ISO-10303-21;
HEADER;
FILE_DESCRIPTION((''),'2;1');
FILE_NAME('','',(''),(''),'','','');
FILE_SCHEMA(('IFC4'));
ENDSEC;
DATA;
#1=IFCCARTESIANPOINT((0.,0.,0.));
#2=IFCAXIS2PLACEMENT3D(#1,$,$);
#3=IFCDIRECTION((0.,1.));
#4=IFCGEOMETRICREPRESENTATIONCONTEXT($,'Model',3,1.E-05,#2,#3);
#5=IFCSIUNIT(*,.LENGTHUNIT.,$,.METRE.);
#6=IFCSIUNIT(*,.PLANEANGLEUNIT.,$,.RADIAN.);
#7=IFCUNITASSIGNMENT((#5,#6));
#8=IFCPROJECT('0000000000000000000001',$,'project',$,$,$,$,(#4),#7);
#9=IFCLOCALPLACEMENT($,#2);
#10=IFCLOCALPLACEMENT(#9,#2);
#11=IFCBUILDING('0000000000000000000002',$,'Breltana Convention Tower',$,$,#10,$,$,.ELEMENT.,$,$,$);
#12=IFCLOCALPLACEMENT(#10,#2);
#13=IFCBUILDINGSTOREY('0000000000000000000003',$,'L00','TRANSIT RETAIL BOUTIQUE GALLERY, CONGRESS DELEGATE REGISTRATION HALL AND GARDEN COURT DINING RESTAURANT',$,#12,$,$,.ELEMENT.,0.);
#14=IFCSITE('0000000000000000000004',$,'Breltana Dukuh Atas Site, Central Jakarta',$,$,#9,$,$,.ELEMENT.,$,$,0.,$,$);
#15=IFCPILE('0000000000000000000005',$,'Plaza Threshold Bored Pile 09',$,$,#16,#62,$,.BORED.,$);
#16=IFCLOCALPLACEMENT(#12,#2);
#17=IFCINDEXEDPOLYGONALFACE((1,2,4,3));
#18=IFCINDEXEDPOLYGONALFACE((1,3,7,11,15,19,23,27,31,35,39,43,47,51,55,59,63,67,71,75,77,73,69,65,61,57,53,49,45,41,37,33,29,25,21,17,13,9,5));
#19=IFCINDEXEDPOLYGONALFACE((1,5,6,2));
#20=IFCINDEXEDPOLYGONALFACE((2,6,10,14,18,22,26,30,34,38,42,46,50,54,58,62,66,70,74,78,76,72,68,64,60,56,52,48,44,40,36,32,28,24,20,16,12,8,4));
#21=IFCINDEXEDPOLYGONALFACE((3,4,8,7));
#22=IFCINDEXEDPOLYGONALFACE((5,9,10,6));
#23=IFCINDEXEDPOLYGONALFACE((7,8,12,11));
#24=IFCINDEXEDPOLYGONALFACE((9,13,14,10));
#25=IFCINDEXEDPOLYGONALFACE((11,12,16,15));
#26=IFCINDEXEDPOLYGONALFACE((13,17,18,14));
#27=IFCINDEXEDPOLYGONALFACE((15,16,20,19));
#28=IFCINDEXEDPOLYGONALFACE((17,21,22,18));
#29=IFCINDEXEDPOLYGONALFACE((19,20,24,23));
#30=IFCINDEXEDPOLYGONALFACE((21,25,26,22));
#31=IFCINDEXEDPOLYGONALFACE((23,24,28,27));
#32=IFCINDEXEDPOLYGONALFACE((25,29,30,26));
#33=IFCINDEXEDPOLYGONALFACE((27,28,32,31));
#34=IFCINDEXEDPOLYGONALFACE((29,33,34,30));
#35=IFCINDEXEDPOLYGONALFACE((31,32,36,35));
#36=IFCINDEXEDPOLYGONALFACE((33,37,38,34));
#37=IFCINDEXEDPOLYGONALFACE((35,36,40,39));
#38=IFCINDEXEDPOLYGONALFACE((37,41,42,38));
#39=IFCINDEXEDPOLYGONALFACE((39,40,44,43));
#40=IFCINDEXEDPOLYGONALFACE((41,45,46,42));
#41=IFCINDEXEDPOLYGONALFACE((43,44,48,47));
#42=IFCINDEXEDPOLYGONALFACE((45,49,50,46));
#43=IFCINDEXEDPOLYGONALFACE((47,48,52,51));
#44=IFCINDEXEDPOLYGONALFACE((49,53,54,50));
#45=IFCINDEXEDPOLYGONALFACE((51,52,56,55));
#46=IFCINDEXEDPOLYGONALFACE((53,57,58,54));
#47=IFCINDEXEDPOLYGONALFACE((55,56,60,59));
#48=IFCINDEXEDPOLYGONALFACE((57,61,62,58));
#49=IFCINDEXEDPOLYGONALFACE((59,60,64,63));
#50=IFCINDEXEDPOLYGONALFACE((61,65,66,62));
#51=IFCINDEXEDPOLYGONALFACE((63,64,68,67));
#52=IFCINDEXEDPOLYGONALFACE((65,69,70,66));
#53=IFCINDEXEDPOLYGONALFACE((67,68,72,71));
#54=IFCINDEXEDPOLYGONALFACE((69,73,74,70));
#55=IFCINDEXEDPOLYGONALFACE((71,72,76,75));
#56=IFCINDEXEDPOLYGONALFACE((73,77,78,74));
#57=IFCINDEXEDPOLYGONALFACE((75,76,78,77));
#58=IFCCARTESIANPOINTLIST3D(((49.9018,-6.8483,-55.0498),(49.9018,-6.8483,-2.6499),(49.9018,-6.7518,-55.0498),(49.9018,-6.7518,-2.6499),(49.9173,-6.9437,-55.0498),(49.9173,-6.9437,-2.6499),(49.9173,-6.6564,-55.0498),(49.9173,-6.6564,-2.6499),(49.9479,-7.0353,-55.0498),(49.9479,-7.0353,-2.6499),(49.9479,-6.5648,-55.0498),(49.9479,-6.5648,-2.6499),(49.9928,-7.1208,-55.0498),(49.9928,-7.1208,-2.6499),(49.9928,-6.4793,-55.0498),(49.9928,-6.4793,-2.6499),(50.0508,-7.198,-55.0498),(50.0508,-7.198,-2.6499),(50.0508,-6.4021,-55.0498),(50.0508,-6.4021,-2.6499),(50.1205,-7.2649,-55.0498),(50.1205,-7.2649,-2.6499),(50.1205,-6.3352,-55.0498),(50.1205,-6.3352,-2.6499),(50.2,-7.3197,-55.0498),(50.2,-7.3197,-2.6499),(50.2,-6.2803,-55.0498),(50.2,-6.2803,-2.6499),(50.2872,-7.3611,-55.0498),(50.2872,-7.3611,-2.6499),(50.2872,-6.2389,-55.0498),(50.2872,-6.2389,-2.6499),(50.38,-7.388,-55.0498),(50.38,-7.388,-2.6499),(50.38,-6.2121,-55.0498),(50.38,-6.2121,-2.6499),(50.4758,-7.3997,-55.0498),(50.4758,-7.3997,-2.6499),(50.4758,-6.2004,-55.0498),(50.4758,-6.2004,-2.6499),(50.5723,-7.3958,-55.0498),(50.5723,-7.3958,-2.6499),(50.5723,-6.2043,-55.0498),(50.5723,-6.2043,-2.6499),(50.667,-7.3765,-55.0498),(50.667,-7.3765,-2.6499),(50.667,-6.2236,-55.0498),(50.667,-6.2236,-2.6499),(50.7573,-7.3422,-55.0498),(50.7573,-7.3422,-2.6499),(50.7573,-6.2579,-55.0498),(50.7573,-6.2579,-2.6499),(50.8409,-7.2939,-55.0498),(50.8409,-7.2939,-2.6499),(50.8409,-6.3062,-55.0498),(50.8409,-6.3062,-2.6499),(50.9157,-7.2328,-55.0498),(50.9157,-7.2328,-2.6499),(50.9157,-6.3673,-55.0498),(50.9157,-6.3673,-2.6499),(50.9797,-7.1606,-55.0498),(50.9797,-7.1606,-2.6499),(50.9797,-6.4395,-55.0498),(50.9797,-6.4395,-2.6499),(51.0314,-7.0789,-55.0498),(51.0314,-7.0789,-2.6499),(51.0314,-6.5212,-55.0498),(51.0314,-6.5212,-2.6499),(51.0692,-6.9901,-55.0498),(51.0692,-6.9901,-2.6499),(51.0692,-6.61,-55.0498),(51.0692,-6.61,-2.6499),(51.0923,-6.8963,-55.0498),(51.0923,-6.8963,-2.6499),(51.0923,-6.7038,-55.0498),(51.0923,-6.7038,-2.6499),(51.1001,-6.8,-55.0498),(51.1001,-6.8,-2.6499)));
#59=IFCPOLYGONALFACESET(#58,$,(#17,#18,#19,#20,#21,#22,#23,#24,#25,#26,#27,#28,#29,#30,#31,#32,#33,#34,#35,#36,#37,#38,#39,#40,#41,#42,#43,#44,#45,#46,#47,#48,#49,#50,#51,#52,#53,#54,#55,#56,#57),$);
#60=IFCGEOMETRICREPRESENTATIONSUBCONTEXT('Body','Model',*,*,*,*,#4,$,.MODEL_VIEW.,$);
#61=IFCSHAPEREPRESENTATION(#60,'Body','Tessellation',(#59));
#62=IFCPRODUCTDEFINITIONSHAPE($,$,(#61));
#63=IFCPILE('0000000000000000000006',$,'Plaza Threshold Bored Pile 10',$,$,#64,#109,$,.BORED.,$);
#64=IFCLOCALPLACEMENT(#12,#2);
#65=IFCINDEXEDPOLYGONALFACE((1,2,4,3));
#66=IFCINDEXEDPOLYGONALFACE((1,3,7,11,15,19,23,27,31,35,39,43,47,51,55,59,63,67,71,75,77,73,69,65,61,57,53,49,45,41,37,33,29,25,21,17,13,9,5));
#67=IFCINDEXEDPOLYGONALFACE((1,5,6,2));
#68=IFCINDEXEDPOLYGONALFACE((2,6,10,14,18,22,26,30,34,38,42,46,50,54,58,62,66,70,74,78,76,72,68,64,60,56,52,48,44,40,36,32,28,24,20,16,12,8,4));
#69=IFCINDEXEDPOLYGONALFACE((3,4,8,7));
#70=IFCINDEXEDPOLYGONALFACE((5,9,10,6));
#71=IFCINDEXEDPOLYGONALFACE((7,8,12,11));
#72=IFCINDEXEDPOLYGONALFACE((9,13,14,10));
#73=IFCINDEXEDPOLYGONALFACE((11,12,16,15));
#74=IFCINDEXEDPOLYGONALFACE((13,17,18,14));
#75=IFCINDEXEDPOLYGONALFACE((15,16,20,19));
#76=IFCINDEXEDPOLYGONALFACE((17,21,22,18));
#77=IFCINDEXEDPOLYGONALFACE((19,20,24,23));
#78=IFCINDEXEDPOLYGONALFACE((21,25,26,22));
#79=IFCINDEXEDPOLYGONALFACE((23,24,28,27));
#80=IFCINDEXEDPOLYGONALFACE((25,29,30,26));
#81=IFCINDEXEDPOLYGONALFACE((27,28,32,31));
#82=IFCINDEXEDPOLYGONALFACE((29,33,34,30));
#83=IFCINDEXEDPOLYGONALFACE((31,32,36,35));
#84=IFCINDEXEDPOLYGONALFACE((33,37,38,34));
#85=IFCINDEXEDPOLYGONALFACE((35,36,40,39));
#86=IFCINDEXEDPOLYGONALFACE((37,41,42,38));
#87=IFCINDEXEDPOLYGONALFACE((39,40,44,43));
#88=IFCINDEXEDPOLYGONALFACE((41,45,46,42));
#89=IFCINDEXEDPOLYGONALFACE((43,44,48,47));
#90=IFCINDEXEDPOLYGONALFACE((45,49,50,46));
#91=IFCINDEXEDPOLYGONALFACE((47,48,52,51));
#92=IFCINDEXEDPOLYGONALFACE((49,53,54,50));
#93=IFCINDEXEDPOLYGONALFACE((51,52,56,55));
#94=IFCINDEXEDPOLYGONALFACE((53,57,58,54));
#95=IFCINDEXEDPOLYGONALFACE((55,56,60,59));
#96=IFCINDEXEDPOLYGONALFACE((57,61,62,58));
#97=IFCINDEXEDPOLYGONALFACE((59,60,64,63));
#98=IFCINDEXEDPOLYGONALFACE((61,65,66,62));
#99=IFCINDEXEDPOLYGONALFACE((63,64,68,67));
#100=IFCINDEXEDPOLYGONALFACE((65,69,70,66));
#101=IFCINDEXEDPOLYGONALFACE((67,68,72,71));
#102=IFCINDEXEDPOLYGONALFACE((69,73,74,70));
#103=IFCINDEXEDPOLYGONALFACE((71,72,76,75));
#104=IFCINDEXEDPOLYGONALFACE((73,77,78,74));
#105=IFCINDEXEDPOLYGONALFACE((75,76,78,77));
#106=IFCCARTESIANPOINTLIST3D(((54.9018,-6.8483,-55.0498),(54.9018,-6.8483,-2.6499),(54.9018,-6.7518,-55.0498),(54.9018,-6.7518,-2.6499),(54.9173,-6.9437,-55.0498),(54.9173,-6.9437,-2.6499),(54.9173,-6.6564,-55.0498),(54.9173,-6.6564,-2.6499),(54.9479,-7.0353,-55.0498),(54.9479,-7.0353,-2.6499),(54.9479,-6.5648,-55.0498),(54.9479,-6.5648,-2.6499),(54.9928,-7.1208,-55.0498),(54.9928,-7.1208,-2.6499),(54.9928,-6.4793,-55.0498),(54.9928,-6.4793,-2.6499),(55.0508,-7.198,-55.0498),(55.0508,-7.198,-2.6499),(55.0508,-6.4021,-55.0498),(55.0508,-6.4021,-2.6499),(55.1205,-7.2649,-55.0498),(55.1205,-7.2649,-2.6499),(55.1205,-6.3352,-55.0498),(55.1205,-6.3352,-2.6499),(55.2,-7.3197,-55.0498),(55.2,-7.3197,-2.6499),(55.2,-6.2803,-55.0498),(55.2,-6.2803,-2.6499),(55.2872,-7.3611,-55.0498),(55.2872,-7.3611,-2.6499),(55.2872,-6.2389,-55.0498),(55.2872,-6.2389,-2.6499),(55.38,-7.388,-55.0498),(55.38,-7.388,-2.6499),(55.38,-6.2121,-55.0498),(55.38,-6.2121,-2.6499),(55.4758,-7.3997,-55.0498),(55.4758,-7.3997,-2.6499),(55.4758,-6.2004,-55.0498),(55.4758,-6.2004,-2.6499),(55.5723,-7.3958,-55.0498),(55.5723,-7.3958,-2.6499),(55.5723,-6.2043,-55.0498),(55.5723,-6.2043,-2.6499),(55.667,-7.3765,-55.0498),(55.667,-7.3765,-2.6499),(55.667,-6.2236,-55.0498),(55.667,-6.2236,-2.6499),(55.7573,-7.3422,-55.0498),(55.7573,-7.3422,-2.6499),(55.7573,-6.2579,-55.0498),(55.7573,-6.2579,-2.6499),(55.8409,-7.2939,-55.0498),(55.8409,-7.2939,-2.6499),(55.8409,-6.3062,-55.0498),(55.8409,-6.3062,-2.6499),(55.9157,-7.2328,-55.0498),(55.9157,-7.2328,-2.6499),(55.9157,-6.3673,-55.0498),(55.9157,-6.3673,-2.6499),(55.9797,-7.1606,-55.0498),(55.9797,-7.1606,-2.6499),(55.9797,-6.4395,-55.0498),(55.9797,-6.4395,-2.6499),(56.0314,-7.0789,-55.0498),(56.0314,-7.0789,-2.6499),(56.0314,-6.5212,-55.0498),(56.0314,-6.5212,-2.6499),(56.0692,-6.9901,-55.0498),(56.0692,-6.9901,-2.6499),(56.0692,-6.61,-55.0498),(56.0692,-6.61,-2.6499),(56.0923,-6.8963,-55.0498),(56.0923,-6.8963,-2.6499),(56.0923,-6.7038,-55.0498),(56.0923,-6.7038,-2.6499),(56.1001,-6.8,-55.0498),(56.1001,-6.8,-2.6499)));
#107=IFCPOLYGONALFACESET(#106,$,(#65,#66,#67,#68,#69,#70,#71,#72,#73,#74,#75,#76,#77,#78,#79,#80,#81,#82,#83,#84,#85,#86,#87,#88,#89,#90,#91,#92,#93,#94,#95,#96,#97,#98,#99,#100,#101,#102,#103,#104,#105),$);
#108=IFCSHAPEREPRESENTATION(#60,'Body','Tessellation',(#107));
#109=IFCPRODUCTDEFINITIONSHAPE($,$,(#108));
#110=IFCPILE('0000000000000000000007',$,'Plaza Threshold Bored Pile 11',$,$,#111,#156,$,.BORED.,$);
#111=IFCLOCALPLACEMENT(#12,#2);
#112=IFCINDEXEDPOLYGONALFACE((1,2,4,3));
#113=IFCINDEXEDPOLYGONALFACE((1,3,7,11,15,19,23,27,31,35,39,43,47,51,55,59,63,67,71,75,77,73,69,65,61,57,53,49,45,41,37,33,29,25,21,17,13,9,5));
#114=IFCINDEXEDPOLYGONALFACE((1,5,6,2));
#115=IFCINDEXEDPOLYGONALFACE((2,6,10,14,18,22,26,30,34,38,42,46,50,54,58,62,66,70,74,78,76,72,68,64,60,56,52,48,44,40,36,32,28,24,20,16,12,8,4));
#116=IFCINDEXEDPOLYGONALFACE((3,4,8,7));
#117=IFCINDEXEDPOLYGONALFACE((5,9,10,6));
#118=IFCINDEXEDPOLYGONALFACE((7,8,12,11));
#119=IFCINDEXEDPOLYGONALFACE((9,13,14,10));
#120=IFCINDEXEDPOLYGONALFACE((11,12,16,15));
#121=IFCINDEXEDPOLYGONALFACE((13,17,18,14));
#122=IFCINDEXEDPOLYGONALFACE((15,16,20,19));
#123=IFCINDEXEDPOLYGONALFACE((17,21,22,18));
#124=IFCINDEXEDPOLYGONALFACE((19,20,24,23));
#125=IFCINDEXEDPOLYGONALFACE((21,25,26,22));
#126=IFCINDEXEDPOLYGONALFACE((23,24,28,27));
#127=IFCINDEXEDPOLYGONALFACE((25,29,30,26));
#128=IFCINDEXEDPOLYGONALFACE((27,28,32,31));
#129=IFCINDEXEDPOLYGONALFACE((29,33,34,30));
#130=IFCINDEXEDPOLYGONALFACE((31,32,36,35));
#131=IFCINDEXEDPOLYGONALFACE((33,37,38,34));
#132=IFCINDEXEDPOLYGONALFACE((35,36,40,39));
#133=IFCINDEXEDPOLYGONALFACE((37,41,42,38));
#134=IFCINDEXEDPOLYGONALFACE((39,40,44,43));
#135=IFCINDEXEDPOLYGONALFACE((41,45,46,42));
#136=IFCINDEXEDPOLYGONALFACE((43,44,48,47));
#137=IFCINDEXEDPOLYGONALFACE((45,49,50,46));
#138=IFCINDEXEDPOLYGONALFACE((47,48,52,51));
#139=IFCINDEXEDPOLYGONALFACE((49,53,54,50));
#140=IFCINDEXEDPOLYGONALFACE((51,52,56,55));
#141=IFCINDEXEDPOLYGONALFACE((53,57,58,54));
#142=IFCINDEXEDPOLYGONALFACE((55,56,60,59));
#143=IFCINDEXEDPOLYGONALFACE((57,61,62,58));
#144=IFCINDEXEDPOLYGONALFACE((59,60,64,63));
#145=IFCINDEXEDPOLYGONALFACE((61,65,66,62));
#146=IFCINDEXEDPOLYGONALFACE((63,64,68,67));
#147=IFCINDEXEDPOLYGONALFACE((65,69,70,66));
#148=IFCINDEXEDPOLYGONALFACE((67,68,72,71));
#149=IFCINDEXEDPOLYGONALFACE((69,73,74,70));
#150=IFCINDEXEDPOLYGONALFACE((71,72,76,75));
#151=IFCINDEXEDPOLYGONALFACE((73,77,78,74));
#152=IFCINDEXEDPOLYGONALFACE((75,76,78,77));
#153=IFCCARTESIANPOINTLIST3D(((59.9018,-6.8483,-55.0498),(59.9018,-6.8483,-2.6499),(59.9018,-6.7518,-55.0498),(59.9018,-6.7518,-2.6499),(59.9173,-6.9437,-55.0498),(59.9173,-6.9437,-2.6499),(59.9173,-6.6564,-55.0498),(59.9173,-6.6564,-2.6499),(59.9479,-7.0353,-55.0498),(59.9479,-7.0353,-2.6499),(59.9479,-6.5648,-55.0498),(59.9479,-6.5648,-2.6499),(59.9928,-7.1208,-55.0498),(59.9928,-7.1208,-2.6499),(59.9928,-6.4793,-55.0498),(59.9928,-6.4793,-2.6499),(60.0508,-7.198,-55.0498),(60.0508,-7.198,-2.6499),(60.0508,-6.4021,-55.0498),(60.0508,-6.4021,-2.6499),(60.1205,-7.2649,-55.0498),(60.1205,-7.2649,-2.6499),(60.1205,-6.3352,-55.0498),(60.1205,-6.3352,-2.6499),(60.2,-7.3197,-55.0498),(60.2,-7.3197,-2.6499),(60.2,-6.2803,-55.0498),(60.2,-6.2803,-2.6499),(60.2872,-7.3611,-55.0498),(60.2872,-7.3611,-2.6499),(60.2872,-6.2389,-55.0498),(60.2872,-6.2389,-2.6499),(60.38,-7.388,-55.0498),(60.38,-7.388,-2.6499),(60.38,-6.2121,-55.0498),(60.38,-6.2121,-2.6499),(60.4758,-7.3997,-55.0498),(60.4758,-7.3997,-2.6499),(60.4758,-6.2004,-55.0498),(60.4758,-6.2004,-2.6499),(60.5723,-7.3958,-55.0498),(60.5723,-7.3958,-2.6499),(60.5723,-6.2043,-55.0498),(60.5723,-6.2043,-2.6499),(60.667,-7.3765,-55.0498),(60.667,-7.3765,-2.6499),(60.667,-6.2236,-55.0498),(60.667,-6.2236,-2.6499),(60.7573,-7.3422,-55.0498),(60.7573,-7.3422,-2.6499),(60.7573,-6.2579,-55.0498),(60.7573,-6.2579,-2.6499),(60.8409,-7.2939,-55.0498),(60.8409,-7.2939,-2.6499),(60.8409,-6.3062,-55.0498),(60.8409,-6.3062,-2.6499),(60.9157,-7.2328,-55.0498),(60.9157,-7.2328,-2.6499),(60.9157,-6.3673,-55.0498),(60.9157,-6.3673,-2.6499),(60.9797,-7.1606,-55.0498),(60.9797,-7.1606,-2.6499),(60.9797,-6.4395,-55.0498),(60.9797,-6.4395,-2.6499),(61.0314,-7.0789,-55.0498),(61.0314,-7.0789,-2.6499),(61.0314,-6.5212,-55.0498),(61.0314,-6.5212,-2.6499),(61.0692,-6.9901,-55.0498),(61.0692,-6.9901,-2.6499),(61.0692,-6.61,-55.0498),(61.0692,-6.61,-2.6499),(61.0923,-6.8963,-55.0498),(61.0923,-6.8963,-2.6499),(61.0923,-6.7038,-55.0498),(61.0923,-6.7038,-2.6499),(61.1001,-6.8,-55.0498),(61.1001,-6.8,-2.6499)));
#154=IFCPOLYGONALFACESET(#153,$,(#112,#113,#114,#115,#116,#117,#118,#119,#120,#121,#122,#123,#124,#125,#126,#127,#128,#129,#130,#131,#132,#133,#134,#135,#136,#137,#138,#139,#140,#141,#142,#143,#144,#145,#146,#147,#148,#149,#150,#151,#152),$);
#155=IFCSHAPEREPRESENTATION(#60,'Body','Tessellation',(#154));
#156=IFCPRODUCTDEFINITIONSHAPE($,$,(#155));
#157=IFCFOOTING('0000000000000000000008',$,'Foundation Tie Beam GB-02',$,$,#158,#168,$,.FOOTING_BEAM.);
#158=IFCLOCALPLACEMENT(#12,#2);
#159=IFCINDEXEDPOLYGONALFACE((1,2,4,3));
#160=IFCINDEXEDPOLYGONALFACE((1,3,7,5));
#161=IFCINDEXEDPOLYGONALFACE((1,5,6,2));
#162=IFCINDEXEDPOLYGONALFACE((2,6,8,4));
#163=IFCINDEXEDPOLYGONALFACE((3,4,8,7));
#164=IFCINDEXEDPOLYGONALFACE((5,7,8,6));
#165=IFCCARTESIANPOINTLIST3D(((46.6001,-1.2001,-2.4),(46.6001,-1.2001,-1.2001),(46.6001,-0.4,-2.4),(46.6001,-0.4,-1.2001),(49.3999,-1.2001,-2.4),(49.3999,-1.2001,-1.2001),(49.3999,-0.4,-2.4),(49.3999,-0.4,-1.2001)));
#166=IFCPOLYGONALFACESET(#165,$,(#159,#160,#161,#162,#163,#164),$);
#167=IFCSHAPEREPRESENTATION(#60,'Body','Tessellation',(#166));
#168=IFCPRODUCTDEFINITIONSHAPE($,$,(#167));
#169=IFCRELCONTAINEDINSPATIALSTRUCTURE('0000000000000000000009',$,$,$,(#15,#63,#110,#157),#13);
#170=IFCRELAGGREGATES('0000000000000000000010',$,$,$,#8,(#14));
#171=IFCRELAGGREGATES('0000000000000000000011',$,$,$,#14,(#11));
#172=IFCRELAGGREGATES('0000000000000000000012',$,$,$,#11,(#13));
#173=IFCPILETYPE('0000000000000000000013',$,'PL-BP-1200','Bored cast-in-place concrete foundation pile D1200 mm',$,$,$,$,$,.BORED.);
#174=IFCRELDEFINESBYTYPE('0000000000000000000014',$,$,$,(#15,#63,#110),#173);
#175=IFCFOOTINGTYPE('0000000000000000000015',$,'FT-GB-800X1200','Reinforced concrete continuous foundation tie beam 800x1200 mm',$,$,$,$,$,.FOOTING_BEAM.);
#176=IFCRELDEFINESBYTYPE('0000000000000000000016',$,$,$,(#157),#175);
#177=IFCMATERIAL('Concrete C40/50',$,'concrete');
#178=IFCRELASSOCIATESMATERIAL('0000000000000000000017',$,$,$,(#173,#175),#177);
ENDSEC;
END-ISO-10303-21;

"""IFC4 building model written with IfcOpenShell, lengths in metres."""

from ifc_helpers import new_model, si_unit, direction, frame, origin, origin_2d, place, context, subcontext, project, spatial, rectangle, circle, extrude, source, transform, mapped, material, material_profile, profile_set, type_object, type_shapes, element, save


model = new_model("IFC4")

# Units and contexts
model_context = context("Model", 3, precision=1e-05, world=origin(), true_north=direction((0.0, 1.0)))
body_context = subcontext(model_context, "Body", "Model", "MODEL_VIEW")
ifc_project = project(units=[si_unit("LENGTHUNIT", "METRE"), si_unit("PLANEANGLEUNIT", "RADIAN")], contexts=[model_context])

# Site, building, storey
site_placement = place(None, origin())
site = spatial("IfcSite", under=ifc_project, at=site_placement, Name="Breltana Dukuh Atas Site, Central Jakarta", CompositionType="ELEMENT", RefElevation=0.0)
building_placement = place(site_placement, origin())
building = spatial("IfcBuilding", under=site, at=building_placement, Name="Breltana Convention Tower", CompositionType="ELEMENT")
storey_placement = place(building_placement, origin())
storey = spatial("IfcBuildingStorey", under=building, at=storey_placement, Name="L00", Description="TRANSIT RETAIL BOUTIQUE GALLERY, CONGRESS DELEGATE REGISTRATION HALL AND GARDEN COURT DINING RESTAURANT", CompositionType="ELEMENT", Elevation=0.0)

# Piles
ifc_material_1 = material(Name="Concrete C40/50", Category="concrete")
ifc_material_profile_1 = material_profile(ifc_material_1, circle(Radius=0.6001, at=origin_2d()), Name="BP-D1200")
ifc_profile_set_1 = profile_set([ifc_material_profile_1], Name="Concrete C40/50")
pile_type = type_object("IfcPileType", Name="PL-BP-1200", Description="Bored cast-in-place concrete foundation pile D1200 mm", PredefinedType="BORED", material=ifc_profile_set_1)
shared_shape_1 = source(origin(), body_context, "Body", "SweptSolid", [
    extrude(circle(Radius=0.6001, at=origin_2d()), origin(), (0.0, 0.0, 1.0), 52.3999),
])
for number, where, z_axis, x_axis, name in (
    (1, (50.5, -6.8, -2.6499), (0.0, 0.0, -1.0), (1.0, 0.0, 0.0), "Plaza Threshold Bored Pile 09"),
    (2, (55.5, -6.8, -2.6499), (0.0, 0.0, -1.0), (1.0, 0.0, 0.0), "Plaza Threshold Bored Pile 10"),
    (3, (60.5, -6.8, -2.6499), (0.0, 0.0, -1.0), (1.0, 0.0, 0.0), "Plaza Threshold Bored Pile 11"),
):
    element("IfcPile", number, at=place(storey_placement, frame(where, z_axis=z_axis, x_axis=x_axis)), inside=storey, type_object=pile_type, Name=name, PredefinedType="BORED", context=body_context, shape_type="MappedRepresentation", body=[
        mapped(shared_shape_1, transform((0.0, 0.0, 0.0), scale=1.0)),
    ])

# Footing
ifc_material_profile_2 = material_profile(ifc_material_1, rectangle(XDim=0.8, YDim=1.2, at=origin_2d()), Name="RC-BM-800X1200")
ifc_profile_set_2 = profile_set([ifc_material_profile_2], Name="Concrete C40/50")
footing_type_1 = type_object("IfcFootingType", Name="FT-GB-800X1200", Description="Reinforced concrete continuous foundation tie beam 800x1200 mm", PredefinedType="FOOTING_BEAM", material=ifc_profile_set_2)
shared_shape_2 = source(origin(), body_context, "Body", "SweptSolid", [
    extrude(rectangle(XDim=0.8, YDim=1.2, at=origin_2d()), origin(), (0.0, 0.0, 1.0), 2.7998),
])
type_shapes(footing_type_1, [shared_shape_2])
footing_1_placement = place(storey_placement, frame((46.6001, -0.8, -1.8), z_axis=(1.0, 0.0, 0.0), x_axis=(0.0, 1.0, 0.0)))
element("IfcFooting", 4, at=footing_1_placement, inside=storey, type_object=footing_type_1, Name="Foundation Tie Beam GB-02", PredefinedType="FOOTING_BEAM", context=body_context, shape_type="MappedRepresentation", body=[
    mapped(shared_shape_2, transform((0.0, 0.0, 0.0), scale=1.0)),
])

save(model, "model.ifc")
